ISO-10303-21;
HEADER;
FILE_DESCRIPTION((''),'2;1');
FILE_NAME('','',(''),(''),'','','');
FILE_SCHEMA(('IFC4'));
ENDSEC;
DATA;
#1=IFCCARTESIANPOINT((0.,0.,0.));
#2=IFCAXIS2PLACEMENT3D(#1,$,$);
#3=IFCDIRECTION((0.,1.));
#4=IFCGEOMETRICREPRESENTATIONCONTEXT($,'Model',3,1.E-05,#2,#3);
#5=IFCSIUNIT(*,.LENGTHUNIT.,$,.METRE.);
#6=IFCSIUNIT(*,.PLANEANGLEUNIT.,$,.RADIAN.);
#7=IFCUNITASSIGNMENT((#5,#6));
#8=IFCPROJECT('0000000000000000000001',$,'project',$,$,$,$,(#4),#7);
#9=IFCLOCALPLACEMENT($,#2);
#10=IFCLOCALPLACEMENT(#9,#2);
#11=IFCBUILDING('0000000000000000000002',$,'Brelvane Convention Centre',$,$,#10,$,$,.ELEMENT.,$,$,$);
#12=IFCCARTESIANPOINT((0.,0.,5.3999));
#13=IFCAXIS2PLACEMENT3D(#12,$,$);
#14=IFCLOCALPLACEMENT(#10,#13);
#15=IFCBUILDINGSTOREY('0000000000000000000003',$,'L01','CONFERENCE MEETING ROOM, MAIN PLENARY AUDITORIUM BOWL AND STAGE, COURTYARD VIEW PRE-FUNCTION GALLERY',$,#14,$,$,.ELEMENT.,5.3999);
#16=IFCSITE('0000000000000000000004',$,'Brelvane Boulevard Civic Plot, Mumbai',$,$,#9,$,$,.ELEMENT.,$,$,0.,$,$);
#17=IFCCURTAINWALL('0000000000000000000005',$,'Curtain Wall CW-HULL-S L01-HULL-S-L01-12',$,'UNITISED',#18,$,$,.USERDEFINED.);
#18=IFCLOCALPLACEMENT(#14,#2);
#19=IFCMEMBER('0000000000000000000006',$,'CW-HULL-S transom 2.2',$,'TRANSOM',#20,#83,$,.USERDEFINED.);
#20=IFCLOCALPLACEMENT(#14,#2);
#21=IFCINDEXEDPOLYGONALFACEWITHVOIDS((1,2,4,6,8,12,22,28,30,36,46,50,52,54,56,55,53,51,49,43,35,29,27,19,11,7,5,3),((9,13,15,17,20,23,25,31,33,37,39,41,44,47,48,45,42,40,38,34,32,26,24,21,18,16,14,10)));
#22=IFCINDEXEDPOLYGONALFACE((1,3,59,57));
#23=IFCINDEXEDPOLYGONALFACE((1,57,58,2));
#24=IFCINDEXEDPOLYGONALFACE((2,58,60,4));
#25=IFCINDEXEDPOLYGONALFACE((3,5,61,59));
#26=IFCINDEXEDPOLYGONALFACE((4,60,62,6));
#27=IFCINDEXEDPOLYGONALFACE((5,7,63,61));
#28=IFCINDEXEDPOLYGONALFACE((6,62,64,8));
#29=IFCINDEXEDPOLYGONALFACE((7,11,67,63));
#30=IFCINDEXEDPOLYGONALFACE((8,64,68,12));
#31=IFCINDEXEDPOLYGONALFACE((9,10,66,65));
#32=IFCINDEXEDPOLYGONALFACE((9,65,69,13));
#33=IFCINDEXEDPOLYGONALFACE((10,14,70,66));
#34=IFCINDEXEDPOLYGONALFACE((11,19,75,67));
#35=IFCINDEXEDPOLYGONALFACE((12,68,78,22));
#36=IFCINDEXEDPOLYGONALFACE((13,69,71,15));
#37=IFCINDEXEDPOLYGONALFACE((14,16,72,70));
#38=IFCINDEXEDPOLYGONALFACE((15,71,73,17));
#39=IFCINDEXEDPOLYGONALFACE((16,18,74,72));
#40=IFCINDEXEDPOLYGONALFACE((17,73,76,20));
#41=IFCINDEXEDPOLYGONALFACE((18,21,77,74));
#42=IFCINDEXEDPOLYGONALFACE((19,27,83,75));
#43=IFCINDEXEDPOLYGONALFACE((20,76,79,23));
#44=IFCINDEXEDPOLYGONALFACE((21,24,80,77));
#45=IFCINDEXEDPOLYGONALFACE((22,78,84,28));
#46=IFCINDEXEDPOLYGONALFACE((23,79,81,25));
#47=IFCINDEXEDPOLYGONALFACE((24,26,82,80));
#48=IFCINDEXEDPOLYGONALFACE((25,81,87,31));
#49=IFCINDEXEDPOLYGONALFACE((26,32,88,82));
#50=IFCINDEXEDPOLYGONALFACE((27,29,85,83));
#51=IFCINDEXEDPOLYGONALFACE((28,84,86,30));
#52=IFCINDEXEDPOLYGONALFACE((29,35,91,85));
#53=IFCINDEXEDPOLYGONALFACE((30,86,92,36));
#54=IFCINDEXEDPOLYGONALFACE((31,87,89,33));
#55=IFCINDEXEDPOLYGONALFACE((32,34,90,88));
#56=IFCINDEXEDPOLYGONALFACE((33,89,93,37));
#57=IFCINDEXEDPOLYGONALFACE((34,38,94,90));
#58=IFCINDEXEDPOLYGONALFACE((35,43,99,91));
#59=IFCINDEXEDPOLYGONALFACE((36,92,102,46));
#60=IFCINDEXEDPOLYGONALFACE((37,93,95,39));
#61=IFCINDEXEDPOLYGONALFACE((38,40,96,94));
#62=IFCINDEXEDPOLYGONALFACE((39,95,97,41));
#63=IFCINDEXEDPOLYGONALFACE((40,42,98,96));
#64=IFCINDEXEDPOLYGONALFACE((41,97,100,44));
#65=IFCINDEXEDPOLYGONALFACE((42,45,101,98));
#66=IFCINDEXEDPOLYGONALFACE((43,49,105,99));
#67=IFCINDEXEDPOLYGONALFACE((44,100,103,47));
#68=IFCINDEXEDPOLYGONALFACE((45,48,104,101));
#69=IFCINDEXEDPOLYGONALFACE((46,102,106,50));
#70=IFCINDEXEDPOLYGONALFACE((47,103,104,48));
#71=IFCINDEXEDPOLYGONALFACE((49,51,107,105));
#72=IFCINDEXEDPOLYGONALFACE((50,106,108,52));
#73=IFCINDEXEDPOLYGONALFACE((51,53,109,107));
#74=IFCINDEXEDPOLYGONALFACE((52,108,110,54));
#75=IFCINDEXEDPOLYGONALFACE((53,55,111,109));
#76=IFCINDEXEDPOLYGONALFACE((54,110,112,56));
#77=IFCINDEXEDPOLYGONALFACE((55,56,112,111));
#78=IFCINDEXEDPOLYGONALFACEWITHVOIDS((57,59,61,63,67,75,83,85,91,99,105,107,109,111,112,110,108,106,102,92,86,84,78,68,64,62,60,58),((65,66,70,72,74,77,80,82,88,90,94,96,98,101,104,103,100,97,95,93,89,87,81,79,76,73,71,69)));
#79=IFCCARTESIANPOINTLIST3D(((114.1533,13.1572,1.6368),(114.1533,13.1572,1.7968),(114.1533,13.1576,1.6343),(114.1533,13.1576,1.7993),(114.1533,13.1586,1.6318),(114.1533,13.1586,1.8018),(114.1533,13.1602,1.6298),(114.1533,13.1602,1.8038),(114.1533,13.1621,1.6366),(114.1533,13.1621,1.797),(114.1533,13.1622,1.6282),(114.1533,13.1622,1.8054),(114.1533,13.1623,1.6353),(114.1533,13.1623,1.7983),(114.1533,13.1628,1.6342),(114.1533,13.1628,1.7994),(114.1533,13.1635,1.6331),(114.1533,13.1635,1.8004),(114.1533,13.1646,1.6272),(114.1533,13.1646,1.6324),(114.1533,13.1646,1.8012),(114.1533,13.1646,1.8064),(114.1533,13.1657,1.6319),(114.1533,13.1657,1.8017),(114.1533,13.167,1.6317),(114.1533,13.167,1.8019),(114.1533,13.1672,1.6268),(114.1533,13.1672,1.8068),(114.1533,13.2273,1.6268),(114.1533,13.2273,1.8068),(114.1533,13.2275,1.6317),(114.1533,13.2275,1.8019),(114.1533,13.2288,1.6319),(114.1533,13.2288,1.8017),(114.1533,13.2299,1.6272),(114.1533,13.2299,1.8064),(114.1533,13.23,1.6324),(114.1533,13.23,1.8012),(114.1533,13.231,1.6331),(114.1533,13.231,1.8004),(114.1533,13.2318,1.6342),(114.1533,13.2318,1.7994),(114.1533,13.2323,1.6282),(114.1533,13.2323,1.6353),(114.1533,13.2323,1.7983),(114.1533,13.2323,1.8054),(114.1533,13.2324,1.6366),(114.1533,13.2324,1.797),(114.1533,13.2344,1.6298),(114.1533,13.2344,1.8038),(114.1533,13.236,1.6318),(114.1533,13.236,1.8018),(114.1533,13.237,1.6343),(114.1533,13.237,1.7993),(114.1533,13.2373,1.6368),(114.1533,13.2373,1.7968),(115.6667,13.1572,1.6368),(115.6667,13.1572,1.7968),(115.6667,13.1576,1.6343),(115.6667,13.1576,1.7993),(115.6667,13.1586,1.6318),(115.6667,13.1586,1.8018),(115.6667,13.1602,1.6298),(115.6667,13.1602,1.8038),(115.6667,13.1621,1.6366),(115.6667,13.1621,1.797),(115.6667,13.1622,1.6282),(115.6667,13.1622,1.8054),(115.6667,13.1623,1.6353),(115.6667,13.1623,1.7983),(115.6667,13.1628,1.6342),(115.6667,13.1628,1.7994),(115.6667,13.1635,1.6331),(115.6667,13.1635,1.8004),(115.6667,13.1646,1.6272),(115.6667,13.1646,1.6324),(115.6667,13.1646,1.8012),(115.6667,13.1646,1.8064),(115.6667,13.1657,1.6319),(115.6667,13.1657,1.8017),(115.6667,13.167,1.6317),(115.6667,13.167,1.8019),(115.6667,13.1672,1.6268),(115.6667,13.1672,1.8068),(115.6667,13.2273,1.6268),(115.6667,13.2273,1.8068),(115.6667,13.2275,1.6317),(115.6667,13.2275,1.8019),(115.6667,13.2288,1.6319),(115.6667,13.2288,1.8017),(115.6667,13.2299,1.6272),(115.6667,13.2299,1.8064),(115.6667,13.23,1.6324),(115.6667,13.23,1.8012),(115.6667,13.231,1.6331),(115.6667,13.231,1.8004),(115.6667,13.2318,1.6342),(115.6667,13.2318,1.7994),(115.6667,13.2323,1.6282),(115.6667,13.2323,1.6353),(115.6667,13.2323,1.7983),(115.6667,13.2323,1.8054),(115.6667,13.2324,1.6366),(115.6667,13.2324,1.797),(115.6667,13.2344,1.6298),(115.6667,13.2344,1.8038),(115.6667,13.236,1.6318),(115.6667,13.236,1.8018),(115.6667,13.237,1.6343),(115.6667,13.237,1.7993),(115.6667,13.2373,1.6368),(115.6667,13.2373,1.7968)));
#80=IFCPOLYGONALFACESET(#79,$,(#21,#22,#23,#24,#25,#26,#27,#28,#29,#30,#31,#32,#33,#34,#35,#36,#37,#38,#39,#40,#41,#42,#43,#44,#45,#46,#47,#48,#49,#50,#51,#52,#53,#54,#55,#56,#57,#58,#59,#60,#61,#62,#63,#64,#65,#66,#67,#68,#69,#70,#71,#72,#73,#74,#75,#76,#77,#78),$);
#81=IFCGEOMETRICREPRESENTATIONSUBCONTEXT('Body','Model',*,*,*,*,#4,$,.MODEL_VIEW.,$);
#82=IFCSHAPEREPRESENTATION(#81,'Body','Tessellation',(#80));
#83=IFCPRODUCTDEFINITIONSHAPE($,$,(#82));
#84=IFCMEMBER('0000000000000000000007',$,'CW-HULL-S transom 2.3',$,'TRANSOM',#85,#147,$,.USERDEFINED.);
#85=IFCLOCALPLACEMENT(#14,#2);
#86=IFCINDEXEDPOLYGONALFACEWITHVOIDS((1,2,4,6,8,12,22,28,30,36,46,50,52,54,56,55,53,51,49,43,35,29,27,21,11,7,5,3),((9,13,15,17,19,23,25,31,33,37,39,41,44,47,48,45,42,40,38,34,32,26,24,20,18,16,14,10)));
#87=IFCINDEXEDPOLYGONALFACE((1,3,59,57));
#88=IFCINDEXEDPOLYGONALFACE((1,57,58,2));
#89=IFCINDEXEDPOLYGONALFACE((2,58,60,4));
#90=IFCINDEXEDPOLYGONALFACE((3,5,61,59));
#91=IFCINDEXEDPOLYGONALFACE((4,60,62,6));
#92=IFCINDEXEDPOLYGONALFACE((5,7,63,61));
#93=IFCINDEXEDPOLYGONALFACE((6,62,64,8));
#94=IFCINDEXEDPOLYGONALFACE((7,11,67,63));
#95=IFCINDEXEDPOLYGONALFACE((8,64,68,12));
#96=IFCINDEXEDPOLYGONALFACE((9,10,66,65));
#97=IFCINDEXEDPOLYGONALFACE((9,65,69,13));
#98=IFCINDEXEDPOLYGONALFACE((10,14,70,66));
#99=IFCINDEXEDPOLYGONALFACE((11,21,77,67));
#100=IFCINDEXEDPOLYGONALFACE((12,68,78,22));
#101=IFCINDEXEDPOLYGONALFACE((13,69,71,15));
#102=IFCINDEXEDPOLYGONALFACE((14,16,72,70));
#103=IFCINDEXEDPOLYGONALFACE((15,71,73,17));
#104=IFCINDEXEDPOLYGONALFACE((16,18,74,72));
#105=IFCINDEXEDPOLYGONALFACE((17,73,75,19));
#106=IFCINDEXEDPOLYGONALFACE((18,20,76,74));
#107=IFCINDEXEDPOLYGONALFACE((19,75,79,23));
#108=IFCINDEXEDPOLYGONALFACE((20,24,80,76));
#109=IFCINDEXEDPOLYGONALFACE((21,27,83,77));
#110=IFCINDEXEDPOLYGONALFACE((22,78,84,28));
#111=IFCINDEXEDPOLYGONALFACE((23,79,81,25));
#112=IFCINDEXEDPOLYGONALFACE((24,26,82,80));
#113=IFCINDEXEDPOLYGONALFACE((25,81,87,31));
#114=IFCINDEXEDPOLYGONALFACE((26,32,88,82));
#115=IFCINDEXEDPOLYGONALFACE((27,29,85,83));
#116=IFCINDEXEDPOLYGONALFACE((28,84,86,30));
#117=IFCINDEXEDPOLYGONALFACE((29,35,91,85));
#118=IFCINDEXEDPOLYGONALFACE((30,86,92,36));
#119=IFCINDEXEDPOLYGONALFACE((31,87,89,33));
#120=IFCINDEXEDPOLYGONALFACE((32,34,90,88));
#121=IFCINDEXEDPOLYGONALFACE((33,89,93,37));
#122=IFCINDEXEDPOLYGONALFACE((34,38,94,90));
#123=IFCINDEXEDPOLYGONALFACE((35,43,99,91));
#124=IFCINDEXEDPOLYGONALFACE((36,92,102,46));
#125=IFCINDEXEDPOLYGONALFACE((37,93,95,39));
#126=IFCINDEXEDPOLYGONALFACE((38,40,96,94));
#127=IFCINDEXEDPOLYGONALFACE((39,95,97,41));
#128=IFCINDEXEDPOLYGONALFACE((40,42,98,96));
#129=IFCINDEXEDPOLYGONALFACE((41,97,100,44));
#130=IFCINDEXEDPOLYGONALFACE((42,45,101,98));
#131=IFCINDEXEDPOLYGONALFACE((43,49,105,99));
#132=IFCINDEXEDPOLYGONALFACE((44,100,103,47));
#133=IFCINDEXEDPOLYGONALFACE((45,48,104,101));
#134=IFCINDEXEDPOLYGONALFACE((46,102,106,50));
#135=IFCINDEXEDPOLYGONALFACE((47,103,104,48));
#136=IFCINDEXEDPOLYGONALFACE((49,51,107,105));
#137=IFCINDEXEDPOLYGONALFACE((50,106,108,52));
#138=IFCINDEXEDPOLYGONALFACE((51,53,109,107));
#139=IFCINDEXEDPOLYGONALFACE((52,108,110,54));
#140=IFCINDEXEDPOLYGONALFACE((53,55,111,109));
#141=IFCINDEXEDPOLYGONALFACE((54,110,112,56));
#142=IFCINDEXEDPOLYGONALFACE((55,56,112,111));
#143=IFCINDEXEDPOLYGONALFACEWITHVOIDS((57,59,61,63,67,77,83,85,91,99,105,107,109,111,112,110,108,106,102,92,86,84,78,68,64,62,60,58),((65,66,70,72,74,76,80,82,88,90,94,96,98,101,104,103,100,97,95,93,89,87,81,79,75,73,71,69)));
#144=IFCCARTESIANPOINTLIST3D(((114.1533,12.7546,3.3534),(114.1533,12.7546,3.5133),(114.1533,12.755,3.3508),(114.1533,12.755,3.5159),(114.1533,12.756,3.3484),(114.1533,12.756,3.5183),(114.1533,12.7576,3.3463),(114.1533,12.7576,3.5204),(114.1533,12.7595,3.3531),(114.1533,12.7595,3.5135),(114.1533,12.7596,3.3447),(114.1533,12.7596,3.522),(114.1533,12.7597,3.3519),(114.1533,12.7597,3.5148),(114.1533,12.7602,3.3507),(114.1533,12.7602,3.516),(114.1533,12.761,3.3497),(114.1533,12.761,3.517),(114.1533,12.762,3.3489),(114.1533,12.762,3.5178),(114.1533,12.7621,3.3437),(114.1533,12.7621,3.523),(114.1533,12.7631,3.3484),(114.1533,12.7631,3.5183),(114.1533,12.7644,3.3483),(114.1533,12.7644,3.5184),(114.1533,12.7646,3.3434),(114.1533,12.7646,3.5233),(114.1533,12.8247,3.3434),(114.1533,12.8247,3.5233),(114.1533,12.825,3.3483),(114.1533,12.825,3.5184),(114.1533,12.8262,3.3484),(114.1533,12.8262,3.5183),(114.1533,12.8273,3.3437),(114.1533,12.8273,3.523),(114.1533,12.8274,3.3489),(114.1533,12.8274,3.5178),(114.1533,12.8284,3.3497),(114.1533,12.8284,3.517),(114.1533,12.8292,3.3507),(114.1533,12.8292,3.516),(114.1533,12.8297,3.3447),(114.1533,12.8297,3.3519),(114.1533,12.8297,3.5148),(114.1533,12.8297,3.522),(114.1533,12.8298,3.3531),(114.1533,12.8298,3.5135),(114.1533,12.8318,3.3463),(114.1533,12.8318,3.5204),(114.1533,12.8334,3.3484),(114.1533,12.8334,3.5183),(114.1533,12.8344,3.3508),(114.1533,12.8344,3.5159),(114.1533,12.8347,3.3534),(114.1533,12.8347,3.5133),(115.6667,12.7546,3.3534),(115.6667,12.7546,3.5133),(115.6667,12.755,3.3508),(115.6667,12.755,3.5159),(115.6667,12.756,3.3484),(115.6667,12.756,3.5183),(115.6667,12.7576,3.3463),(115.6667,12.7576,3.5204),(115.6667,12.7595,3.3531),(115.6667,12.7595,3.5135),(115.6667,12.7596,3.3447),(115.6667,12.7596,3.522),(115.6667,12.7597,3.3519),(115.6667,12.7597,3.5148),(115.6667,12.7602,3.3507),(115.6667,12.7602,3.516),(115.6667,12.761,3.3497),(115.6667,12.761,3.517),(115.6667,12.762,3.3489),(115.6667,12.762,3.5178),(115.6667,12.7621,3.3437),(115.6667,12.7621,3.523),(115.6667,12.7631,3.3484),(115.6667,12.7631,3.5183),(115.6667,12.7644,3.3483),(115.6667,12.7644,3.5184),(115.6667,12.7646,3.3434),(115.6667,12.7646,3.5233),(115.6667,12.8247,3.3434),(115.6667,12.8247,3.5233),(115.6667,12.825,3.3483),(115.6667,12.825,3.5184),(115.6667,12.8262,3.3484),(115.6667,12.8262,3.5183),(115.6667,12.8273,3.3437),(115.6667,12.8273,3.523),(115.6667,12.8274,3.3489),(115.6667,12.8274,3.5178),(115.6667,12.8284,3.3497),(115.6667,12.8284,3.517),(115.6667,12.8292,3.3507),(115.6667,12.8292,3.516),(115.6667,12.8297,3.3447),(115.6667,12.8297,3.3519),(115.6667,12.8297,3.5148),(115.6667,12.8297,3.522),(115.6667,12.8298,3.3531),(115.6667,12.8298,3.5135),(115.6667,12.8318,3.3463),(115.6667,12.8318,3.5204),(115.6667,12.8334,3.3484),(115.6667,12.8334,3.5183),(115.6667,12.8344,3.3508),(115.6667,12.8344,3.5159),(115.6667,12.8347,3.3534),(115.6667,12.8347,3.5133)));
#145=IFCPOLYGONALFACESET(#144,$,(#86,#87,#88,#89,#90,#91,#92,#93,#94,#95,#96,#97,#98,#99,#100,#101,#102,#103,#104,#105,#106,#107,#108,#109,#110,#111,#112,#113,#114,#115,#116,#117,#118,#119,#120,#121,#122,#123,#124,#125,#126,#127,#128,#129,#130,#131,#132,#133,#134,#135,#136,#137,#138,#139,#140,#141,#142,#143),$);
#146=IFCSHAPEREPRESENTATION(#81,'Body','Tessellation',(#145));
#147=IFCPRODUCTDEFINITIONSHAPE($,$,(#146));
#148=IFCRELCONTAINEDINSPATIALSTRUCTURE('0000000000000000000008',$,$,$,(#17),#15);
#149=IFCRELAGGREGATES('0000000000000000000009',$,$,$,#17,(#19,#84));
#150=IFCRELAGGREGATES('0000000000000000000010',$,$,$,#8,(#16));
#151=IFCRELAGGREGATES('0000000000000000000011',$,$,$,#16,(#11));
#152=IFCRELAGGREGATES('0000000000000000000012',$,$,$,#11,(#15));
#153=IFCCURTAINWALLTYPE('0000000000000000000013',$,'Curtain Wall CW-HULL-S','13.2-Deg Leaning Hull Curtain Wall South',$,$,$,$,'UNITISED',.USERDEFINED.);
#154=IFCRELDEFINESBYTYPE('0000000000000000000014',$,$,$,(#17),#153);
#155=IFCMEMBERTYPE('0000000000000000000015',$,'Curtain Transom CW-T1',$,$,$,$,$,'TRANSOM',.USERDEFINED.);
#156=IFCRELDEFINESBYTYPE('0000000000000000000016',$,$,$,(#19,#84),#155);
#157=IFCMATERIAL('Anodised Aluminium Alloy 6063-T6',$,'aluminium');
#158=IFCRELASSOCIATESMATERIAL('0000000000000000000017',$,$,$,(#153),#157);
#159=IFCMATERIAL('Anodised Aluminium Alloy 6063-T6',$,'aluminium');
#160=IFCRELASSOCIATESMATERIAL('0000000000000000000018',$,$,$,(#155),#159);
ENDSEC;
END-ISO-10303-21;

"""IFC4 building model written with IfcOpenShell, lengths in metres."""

from ifc_helpers import new_model, si_unit, direction, frame, origin, origin_2d, place, context, subcontext, project, spatial, hollow_rectangle, extrude, material, material_profile, profile_set, type_object, element, aggregate, save


model = new_model("IFC4")

# Units and contexts
model_context = context("Model", 3, precision=1e-05, world=origin(), true_north=direction((0.0, 1.0)))
body_context = subcontext(model_context, "Body", "Model", "MODEL_VIEW")
ifc_project = project(units=[si_unit("LENGTHUNIT", "METRE"), si_unit("PLANEANGLEUNIT", "RADIAN")], contexts=[model_context])

# Site, building, storey
site_placement = place(None, origin())
site = spatial("IfcSite", under=ifc_project, at=site_placement, Name="Brelvane Boulevard Civic Plot, Mumbai", CompositionType="ELEMENT", RefElevation=0.0)
building_placement = place(site_placement, origin())
building = spatial("IfcBuilding", under=site, at=building_placement, Name="Brelvane Convention Centre", CompositionType="ELEMENT")
storey_placement = place(building_placement, frame((0.0, 0.0, 5.3999)))
storey = spatial("IfcBuildingStorey", under=building, at=storey_placement, Name="L01", Description="CONFERENCE MEETING ROOM, MAIN PLENARY AUDITORIUM BOWL AND STAGE, COURTYARD VIEW PRE-FUNCTION GALLERY", CompositionType="ELEMENT", Elevation=5.3999)

# Curtain wall, members
ifc_material_1 = material(Name="Anodised Aluminium Alloy 6063-T6", Category="aluminium")
curtain_wall_type = type_object("IfcCurtainWallType", Name="Curtain Wall CW-HULL-S", Description="13.2-Deg Leaning Hull Curtain Wall South", ElementType="UNITISED", PredefinedType="USERDEFINED", material=ifc_material_1)
ifc_material_2 = material(Name="Anodised Aluminium Alloy 6063-T6", Category="aluminium")
ifc_material_profile = material_profile(ifc_material_2, hollow_rectangle(XDim=0.0801, YDim=0.1799, WallThickness=0.0049, InnerFilletRadius=0.0049, OuterFilletRadius=0.01, at=origin_2d()), Name="ALU-T 180x80x5.0")
ifc_profile_set = profile_set([ifc_material_profile], Name="Anodised Aluminium Alloy 6063-T6")
member_type = type_object("IfcMemberType", Name="Curtain Transom CW-T1", ElementType="TRANSOM", PredefinedType="USERDEFINED", material=ifc_profile_set)
curtain_wall_1_placement = place(storey_placement, origin())
curtain_wall_1 = element("IfcCurtainWall", 1, at=curtain_wall_1_placement, inside=storey, type_object=curtain_wall_type, Name="Curtain Wall CW-HULL-S L01-HULL-S-L01-12", ObjectType="UNITISED", PredefinedType="USERDEFINED")
member_1_placement = place(storey_placement, frame((114.1533, 13.1973, 1.7168), z_axis=(1.0, 0.0, 0.0), x_axis=(0.0, 1.0, 0.0)))
member_1 = element("IfcMember", 2, at=member_1_placement, type_object=member_type, Name="CW-HULL-S transom 2.2", ObjectType="TRANSOM", PredefinedType="USERDEFINED", context=body_context, shape_type="SweptSolid", body=[
    extrude(hollow_rectangle(XDim=0.0801, YDim=0.1799, WallThickness=0.0049, InnerFilletRadius=0.0049, OuterFilletRadius=0.01, at=origin_2d()), origin(), (0.0, 0.0, 1.0), 1.5134),
])
member_2_placement = place(storey_placement, frame((114.1533, 12.7947, 3.4333), z_axis=(1.0, 0.0, 0.0), x_axis=(0.0, 1.0, 0.0)))
member_2 = element("IfcMember", 3, at=member_2_placement, type_object=member_type, Name="CW-HULL-S transom 2.3", ObjectType="TRANSOM", PredefinedType="USERDEFINED", context=body_context, shape_type="SweptSolid", body=[
    extrude(hollow_rectangle(XDim=0.0801, YDim=0.1799, WallThickness=0.0049, InnerFilletRadius=0.0049, OuterFilletRadius=0.01, at=origin_2d()), origin(), (0.0, 0.0, 1.0), 1.5134),
])

aggregate(curtain_wall_1, [member_1, member_2])

save(model, "model.ifc")
